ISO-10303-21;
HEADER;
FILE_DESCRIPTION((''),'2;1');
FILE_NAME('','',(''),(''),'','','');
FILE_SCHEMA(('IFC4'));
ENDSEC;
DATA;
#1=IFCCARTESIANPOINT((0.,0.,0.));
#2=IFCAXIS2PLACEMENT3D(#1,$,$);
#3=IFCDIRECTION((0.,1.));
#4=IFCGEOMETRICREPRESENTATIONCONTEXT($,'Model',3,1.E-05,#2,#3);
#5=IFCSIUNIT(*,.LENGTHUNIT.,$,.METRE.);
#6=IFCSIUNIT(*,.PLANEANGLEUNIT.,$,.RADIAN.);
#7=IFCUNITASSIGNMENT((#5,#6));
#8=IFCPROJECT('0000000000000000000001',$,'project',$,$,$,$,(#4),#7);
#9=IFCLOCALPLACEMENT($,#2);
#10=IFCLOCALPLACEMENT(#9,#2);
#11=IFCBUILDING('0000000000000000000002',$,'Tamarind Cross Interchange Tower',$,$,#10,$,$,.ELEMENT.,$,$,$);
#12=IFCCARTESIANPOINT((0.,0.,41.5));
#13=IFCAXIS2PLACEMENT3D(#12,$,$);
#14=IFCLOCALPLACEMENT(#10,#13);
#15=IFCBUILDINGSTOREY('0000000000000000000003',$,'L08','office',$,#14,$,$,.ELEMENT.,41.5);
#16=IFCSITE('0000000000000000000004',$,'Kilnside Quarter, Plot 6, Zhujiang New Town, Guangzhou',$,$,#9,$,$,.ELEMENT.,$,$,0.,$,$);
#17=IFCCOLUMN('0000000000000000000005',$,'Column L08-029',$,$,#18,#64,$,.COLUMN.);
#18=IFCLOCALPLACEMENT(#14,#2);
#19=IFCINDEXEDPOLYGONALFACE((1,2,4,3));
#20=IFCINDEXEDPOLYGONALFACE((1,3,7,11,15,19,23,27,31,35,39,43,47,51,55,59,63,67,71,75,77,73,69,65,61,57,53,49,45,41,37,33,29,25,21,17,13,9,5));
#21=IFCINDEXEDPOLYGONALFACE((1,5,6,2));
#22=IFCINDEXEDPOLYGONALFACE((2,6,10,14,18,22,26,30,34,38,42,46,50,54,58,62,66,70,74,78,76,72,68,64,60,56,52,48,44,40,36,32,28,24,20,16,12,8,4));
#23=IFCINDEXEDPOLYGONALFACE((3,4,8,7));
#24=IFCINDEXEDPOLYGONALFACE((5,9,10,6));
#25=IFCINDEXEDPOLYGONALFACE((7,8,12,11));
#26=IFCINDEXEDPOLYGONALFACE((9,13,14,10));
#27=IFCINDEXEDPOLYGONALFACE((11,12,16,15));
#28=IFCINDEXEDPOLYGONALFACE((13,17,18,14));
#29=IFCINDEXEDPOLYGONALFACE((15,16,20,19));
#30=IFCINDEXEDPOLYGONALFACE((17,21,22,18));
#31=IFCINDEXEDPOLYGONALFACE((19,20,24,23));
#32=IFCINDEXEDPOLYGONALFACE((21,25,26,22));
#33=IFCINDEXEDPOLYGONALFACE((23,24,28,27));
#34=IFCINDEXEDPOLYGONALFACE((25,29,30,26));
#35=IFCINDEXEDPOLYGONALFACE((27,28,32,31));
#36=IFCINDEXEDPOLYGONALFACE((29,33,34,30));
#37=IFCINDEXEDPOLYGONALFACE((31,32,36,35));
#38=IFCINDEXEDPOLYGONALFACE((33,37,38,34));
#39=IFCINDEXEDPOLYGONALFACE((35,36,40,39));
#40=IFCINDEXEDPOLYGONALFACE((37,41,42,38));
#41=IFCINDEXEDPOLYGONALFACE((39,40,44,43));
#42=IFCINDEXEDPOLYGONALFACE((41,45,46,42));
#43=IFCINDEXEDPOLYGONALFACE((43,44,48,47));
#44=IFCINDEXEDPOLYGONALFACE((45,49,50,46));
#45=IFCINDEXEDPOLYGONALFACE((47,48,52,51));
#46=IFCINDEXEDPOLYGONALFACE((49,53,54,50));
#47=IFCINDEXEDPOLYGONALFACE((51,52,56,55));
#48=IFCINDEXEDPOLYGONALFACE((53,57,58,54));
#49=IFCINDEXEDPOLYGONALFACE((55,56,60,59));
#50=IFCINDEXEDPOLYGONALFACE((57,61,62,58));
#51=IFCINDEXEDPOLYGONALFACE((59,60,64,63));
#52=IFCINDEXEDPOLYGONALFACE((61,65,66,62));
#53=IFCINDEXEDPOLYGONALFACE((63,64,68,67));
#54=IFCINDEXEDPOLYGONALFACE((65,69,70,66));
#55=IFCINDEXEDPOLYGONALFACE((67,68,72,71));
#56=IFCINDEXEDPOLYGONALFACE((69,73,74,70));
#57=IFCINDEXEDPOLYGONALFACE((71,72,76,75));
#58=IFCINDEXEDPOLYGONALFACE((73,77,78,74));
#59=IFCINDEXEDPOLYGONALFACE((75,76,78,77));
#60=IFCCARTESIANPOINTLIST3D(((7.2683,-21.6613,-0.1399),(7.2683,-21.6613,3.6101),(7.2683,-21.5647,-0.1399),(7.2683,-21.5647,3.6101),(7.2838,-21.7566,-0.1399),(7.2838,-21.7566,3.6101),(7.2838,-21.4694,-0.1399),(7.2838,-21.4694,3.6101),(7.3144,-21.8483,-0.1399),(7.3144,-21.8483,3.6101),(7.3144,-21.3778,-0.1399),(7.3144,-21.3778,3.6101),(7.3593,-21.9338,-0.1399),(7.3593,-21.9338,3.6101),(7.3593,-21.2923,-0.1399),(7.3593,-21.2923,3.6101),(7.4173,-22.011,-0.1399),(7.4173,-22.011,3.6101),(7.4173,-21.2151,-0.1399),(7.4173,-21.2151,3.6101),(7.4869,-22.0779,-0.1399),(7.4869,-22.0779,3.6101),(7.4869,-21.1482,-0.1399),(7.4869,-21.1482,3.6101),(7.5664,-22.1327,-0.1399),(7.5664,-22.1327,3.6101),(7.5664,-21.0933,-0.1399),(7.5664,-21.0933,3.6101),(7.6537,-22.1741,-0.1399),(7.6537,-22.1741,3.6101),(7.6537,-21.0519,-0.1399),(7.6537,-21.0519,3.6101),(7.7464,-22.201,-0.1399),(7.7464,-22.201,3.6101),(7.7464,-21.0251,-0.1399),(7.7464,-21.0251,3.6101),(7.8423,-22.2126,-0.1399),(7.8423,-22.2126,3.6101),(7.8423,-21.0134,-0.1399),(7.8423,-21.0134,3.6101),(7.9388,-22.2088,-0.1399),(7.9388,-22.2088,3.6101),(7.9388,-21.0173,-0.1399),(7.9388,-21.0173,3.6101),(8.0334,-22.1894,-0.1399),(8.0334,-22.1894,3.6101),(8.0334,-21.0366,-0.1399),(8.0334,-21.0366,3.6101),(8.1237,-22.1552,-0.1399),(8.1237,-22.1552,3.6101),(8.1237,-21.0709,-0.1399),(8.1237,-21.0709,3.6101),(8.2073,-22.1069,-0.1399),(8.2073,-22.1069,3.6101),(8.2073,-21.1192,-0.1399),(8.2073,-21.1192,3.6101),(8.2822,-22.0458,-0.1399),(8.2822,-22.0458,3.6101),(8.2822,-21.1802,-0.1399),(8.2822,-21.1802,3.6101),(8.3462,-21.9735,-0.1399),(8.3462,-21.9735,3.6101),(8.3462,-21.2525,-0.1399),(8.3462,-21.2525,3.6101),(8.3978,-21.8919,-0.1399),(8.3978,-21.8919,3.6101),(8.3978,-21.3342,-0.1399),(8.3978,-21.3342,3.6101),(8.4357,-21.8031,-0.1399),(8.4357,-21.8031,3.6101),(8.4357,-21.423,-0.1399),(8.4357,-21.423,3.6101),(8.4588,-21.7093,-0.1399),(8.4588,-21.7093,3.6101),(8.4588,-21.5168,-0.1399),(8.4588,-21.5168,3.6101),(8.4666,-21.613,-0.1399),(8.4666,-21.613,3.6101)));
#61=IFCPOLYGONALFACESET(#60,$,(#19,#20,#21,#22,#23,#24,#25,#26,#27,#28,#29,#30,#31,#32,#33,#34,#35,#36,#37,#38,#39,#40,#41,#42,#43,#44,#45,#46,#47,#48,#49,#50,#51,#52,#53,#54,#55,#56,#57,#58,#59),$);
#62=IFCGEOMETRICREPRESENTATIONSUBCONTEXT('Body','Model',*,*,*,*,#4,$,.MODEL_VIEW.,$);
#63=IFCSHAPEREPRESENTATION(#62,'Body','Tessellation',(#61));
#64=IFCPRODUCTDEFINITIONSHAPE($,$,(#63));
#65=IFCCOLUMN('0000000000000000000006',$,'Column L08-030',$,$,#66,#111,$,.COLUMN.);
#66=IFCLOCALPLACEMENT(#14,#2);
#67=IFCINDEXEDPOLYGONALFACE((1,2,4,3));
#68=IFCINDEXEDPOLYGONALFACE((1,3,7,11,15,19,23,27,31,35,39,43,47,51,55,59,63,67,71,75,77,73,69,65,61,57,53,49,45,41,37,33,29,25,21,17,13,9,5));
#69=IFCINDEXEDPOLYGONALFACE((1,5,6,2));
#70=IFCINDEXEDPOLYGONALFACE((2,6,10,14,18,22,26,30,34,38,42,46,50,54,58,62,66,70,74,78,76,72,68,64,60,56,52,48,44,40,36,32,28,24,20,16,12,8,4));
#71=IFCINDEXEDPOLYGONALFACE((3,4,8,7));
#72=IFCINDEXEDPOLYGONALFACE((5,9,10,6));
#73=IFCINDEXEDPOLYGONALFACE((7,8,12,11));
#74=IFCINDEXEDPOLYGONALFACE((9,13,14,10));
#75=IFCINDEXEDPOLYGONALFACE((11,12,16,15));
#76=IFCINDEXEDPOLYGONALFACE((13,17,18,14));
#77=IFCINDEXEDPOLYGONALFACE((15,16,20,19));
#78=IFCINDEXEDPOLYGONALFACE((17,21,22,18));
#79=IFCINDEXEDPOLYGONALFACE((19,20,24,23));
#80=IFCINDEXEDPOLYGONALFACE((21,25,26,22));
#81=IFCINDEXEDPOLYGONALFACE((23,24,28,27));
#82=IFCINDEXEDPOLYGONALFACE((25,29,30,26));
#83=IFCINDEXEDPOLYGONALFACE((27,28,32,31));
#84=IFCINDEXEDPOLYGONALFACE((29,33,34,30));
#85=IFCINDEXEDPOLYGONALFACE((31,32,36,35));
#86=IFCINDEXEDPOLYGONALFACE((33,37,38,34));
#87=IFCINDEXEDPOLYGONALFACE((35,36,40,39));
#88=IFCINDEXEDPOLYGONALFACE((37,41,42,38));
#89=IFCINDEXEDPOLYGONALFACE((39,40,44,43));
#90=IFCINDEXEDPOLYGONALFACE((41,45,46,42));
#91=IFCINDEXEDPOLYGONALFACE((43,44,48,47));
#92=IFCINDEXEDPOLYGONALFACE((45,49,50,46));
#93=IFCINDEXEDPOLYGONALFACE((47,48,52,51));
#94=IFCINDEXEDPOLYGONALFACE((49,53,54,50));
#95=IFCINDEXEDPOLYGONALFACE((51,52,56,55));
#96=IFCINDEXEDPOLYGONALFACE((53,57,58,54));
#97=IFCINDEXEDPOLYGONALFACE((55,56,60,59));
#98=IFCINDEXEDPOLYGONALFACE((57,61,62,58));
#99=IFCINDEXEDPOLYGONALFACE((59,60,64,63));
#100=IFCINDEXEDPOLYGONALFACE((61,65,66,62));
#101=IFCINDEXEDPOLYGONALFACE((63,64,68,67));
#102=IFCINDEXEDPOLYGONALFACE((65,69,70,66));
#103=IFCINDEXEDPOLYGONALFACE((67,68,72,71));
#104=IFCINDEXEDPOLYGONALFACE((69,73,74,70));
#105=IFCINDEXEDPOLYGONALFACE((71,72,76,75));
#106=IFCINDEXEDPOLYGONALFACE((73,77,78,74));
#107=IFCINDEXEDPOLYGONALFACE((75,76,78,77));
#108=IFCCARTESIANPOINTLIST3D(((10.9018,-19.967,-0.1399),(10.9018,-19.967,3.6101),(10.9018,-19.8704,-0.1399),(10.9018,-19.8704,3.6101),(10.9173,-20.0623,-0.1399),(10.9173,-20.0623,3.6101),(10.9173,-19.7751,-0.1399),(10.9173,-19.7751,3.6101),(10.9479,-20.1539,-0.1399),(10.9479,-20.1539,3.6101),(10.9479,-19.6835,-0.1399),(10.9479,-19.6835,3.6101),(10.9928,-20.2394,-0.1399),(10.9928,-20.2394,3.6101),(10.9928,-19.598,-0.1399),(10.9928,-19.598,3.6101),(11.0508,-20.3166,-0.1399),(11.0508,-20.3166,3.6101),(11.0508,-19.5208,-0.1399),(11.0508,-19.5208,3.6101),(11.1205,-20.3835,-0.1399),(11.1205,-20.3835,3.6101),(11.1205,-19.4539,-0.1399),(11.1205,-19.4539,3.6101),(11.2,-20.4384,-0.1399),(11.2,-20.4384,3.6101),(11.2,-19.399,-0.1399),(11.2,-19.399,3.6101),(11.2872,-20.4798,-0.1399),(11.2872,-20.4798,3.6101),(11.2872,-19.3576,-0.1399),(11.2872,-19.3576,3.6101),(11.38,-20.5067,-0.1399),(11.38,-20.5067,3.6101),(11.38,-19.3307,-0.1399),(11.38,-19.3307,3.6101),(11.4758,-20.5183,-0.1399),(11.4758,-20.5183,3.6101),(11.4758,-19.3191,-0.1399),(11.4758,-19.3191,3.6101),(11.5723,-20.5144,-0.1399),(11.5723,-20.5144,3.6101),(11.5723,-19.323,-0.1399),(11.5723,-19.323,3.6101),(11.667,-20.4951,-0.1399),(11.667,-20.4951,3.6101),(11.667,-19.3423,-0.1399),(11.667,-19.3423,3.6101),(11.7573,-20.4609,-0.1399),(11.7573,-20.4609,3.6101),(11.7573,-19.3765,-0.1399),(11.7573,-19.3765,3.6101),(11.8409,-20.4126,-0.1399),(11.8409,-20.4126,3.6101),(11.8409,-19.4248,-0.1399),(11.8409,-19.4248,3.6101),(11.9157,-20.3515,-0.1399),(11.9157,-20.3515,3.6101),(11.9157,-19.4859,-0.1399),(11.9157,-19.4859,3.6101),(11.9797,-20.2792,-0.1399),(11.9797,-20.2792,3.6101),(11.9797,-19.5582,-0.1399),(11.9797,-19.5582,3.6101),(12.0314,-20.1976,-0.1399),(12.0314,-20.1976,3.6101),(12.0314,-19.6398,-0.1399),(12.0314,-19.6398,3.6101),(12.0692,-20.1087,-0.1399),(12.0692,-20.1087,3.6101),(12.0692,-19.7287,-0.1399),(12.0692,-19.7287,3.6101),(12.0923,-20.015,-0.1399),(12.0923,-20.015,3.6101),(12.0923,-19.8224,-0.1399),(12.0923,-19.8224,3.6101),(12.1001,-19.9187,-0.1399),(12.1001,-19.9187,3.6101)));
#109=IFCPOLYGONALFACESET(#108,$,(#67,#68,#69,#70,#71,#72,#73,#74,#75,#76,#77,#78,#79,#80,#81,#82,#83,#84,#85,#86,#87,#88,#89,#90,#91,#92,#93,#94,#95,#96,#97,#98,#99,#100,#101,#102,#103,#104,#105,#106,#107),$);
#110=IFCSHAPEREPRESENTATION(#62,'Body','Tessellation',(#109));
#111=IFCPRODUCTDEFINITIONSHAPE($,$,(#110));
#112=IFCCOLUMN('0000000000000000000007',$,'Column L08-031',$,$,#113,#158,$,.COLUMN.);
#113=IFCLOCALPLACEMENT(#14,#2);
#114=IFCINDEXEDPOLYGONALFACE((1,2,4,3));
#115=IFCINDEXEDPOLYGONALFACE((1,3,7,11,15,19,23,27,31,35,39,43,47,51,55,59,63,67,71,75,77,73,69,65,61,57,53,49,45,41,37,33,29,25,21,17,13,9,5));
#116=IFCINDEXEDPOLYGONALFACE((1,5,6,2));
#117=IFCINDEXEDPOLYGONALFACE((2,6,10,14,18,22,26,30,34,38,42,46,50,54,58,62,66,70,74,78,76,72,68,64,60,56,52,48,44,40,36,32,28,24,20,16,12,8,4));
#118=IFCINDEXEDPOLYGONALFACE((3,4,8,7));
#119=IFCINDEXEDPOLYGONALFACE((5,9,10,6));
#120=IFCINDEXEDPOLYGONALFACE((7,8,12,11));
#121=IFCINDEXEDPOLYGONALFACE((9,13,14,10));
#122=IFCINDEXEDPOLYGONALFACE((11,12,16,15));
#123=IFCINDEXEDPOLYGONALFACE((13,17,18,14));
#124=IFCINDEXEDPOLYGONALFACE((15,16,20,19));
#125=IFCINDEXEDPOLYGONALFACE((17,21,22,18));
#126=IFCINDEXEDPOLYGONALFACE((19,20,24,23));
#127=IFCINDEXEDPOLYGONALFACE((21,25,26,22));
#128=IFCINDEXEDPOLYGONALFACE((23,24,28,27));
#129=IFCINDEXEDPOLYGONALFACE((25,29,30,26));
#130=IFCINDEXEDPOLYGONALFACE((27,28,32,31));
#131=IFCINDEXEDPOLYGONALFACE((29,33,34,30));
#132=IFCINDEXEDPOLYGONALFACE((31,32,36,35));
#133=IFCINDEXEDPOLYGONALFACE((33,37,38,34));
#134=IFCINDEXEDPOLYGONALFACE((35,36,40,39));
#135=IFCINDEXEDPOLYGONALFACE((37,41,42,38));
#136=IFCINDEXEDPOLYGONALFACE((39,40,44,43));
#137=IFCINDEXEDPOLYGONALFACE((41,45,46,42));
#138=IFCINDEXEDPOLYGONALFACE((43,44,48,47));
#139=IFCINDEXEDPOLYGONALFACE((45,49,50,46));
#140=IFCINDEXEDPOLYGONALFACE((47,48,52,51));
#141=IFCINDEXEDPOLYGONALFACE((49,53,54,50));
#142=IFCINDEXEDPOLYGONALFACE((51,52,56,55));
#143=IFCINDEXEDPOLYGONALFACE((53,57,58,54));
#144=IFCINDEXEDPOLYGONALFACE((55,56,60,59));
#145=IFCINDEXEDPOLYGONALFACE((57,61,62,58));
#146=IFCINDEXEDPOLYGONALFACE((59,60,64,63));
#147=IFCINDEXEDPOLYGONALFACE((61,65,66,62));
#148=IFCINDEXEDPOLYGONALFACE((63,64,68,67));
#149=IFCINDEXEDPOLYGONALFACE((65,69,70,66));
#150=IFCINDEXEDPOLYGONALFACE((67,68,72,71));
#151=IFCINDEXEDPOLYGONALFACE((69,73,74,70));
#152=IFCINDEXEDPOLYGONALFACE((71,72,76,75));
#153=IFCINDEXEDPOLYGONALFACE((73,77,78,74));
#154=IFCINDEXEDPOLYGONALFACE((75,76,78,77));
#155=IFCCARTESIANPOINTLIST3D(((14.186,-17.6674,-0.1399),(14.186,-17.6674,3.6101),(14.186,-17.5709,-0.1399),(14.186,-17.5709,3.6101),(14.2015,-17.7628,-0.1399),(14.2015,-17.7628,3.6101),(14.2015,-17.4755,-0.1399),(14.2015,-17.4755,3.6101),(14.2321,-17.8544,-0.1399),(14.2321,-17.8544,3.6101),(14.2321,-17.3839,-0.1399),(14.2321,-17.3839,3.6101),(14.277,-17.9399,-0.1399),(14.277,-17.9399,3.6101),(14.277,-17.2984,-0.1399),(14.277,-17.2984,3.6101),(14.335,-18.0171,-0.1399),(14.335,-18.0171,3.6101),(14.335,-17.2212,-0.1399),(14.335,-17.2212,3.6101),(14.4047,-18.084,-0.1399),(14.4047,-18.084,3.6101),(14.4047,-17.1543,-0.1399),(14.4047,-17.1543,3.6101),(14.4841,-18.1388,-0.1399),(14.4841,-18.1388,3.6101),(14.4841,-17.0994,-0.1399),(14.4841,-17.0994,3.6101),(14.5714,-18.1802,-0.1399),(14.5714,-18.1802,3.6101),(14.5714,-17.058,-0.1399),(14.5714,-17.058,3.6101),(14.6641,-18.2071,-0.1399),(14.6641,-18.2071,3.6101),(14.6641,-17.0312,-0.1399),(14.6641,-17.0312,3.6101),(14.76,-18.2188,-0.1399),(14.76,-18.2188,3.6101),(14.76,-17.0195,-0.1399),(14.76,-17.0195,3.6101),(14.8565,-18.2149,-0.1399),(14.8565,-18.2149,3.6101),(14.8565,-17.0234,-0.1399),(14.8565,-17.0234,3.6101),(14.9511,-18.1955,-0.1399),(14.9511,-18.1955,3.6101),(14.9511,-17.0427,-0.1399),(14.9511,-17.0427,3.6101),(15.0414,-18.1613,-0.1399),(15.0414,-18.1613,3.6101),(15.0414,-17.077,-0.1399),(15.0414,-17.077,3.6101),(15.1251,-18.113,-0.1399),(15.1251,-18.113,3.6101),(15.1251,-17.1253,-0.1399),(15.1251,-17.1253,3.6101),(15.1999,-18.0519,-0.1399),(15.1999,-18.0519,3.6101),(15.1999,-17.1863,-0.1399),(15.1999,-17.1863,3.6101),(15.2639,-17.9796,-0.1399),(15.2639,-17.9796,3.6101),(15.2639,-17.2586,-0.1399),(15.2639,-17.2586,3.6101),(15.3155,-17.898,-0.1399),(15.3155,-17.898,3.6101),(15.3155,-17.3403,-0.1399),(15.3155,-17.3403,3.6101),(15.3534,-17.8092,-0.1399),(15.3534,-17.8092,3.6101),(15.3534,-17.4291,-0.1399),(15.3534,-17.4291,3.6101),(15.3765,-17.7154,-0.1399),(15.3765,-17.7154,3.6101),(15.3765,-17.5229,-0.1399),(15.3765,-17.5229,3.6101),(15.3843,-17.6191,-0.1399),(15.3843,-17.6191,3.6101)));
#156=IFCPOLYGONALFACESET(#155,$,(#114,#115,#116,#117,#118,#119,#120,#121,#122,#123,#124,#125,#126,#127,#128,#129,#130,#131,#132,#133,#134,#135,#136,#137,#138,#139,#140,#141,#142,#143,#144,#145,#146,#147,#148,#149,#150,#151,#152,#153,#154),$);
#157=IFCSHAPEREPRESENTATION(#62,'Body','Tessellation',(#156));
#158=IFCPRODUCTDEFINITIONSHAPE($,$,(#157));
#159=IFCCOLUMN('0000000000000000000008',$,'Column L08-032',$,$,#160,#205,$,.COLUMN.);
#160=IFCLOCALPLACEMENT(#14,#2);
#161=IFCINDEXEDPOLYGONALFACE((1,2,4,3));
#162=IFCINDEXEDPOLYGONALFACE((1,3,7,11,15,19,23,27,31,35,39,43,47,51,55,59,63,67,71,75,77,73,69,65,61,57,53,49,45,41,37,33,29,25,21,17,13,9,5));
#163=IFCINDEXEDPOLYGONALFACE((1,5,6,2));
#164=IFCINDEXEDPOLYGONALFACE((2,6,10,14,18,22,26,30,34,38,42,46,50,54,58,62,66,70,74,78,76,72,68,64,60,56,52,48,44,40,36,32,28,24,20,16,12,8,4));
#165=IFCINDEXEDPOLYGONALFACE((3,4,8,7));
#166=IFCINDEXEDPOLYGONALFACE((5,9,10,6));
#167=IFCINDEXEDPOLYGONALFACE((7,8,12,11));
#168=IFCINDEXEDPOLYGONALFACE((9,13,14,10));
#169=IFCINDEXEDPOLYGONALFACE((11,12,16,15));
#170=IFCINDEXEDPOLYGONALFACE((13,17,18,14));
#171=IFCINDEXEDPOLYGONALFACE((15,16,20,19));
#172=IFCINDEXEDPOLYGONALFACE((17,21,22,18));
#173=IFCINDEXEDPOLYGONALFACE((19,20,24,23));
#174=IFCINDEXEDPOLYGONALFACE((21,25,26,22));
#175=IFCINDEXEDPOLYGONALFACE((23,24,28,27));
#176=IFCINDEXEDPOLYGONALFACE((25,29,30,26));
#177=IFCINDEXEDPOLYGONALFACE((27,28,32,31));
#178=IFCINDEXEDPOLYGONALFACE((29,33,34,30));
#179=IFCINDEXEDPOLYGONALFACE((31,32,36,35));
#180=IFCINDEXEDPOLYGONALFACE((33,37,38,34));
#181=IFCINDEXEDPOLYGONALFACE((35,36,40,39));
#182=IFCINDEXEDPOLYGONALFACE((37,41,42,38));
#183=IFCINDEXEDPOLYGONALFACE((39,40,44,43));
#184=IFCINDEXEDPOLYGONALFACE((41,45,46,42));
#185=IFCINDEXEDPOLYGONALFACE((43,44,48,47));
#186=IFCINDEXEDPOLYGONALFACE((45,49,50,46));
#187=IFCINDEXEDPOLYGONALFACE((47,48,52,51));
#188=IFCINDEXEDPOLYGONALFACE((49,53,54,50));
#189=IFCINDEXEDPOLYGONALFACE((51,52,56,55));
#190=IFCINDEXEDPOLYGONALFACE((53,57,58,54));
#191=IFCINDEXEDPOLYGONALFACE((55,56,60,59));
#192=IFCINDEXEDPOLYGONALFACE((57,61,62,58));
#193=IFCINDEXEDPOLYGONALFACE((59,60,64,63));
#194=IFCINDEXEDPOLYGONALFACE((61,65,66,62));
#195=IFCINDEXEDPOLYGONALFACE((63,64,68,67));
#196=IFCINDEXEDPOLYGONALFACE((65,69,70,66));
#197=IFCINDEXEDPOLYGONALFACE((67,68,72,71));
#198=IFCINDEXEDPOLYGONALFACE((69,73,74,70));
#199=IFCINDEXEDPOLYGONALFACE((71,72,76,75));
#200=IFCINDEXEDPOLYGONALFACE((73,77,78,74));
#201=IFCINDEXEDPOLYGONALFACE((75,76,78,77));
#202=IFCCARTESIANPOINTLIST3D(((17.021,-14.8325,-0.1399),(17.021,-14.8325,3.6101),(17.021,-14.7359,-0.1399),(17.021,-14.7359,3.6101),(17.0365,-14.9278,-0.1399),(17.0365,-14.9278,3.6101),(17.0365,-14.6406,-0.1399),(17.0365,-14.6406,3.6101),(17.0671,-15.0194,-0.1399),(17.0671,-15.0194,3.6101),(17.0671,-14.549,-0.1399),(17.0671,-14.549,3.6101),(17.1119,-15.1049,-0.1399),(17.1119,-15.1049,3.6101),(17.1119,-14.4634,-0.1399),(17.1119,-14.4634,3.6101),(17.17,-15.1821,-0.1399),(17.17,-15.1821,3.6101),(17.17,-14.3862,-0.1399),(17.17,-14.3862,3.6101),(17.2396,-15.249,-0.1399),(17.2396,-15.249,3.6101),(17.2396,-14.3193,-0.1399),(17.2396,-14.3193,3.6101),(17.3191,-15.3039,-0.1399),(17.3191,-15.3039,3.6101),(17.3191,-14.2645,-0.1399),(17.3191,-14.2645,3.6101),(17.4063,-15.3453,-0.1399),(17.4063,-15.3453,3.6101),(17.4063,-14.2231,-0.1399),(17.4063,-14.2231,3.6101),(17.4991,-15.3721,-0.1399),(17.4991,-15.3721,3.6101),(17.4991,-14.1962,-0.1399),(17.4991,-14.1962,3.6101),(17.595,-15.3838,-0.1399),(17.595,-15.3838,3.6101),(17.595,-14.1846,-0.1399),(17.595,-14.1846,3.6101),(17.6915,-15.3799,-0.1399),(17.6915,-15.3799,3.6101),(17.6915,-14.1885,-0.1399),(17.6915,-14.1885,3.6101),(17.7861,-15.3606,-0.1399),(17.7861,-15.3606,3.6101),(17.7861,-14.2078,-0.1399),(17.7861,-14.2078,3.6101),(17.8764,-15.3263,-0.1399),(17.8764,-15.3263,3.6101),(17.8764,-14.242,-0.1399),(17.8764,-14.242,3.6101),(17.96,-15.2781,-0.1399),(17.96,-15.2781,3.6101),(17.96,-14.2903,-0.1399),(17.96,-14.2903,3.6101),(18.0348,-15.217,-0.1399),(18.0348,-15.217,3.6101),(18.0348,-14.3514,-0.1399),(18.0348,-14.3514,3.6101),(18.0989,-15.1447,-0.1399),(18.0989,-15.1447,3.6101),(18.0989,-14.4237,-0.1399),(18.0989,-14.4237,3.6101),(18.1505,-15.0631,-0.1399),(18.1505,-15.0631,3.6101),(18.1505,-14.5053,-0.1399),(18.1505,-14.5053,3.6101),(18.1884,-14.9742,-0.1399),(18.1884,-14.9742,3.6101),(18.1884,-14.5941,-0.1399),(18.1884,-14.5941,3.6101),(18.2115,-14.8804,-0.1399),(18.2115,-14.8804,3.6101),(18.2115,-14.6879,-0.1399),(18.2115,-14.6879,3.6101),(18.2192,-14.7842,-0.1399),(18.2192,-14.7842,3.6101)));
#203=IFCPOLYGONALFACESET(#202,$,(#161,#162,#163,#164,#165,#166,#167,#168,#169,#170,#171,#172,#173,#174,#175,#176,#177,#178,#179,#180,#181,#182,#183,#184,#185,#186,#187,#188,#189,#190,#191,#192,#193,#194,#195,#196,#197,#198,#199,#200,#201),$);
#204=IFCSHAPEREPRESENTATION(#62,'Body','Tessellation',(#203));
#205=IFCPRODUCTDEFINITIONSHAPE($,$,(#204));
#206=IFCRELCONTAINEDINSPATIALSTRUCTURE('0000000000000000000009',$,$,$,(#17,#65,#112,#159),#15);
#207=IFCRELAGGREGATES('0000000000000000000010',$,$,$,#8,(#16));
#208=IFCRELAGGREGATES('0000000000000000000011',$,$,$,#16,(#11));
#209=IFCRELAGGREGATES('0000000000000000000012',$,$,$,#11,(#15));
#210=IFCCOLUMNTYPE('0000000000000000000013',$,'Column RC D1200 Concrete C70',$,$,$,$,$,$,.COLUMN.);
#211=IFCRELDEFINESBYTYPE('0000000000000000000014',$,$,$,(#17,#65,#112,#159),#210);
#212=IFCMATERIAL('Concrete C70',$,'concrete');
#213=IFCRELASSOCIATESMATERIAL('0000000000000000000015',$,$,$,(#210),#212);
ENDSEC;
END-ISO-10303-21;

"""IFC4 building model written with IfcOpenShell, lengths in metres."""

from ifc_helpers import new_model, si_unit, direction, frame, origin, origin_2d, place, context, subcontext, project, spatial, circle, extrude, material, material_profile, profile_set, type_object, element, save


model = new_model("IFC4")

# Units and contexts
model_context = context("Model", 3, precision=1e-05, world=origin(), true_north=direction((0.0, 1.0)))
body_context = subcontext(model_context, "Body", "Model", "MODEL_VIEW")
ifc_project = project(units=[si_unit("LENGTHUNIT", "METRE"), si_unit("PLANEANGLEUNIT", "RADIAN")], contexts=[model_context])

# Site, building, storey
site_placement = place(None, origin())
site = spatial("IfcSite", under=ifc_project, at=site_placement, Name="Kilnside Quarter, Plot 6, Zhujiang New Town, Guangzhou", CompositionType="ELEMENT", RefElevation=0.0)
building_placement = place(site_placement, origin())
building = spatial("IfcBuilding", under=site, at=building_placement, Name="Tamarind Cross Interchange Tower", CompositionType="ELEMENT")
storey_placement = place(building_placement, frame((0.0, 0.0, 41.5)))
storey = spatial("IfcBuildingStorey", under=building, at=storey_placement, Name="L08", Description="office", CompositionType="ELEMENT", Elevation=41.5)

# Columns
ifc_material_1 = material(Name="Concrete C70", Category="concrete")
ifc_material_profile_1 = material_profile(ifc_material_1, circle(Radius=0.6001, at=origin_2d()), Name="RC D1200")
ifc_profile_set_1 = profile_set([ifc_material_profile_1], Name="Concrete C70")
column_type = type_object("IfcColumnType", Name="Column RC D1200 Concrete C70", PredefinedType="COLUMN", material=ifc_profile_set_1)
for number, where, z_axis, x_axis, name in (
    (1, (7.8665, -21.613, -0.1399), (0.0, 0.0, 1.0), (1.0, 0.0, 0.0), "Column L08-029"),
    (2, (11.5, -19.9187, -0.1399), (0.0, 0.0, 1.0), (1.0, 0.0, 0.0), "Column L08-030"),
    (3, (14.7842, -17.6191, -0.1399), (0.0, 0.0, 1.0), (1.0, 0.0, 0.0), "Column L08-031"),
    (4, (17.6191, -14.7842, -0.1399), (0.0, 0.0, 1.0), (1.0, 0.0, 0.0), "Column L08-032"),
):
    element("IfcColumn", number, at=place(storey_placement, frame(where, z_axis=z_axis, x_axis=x_axis)), inside=storey, type_object=column_type, Name=name, PredefinedType="COLUMN", context=body_context, shape_type="SweptSolid", body=[
        extrude(circle(Radius=0.6001, at=origin_2d()), origin(), (0.0, 0.0, 1.0), 3.75),
    ])

save(model, "model.ifc")
